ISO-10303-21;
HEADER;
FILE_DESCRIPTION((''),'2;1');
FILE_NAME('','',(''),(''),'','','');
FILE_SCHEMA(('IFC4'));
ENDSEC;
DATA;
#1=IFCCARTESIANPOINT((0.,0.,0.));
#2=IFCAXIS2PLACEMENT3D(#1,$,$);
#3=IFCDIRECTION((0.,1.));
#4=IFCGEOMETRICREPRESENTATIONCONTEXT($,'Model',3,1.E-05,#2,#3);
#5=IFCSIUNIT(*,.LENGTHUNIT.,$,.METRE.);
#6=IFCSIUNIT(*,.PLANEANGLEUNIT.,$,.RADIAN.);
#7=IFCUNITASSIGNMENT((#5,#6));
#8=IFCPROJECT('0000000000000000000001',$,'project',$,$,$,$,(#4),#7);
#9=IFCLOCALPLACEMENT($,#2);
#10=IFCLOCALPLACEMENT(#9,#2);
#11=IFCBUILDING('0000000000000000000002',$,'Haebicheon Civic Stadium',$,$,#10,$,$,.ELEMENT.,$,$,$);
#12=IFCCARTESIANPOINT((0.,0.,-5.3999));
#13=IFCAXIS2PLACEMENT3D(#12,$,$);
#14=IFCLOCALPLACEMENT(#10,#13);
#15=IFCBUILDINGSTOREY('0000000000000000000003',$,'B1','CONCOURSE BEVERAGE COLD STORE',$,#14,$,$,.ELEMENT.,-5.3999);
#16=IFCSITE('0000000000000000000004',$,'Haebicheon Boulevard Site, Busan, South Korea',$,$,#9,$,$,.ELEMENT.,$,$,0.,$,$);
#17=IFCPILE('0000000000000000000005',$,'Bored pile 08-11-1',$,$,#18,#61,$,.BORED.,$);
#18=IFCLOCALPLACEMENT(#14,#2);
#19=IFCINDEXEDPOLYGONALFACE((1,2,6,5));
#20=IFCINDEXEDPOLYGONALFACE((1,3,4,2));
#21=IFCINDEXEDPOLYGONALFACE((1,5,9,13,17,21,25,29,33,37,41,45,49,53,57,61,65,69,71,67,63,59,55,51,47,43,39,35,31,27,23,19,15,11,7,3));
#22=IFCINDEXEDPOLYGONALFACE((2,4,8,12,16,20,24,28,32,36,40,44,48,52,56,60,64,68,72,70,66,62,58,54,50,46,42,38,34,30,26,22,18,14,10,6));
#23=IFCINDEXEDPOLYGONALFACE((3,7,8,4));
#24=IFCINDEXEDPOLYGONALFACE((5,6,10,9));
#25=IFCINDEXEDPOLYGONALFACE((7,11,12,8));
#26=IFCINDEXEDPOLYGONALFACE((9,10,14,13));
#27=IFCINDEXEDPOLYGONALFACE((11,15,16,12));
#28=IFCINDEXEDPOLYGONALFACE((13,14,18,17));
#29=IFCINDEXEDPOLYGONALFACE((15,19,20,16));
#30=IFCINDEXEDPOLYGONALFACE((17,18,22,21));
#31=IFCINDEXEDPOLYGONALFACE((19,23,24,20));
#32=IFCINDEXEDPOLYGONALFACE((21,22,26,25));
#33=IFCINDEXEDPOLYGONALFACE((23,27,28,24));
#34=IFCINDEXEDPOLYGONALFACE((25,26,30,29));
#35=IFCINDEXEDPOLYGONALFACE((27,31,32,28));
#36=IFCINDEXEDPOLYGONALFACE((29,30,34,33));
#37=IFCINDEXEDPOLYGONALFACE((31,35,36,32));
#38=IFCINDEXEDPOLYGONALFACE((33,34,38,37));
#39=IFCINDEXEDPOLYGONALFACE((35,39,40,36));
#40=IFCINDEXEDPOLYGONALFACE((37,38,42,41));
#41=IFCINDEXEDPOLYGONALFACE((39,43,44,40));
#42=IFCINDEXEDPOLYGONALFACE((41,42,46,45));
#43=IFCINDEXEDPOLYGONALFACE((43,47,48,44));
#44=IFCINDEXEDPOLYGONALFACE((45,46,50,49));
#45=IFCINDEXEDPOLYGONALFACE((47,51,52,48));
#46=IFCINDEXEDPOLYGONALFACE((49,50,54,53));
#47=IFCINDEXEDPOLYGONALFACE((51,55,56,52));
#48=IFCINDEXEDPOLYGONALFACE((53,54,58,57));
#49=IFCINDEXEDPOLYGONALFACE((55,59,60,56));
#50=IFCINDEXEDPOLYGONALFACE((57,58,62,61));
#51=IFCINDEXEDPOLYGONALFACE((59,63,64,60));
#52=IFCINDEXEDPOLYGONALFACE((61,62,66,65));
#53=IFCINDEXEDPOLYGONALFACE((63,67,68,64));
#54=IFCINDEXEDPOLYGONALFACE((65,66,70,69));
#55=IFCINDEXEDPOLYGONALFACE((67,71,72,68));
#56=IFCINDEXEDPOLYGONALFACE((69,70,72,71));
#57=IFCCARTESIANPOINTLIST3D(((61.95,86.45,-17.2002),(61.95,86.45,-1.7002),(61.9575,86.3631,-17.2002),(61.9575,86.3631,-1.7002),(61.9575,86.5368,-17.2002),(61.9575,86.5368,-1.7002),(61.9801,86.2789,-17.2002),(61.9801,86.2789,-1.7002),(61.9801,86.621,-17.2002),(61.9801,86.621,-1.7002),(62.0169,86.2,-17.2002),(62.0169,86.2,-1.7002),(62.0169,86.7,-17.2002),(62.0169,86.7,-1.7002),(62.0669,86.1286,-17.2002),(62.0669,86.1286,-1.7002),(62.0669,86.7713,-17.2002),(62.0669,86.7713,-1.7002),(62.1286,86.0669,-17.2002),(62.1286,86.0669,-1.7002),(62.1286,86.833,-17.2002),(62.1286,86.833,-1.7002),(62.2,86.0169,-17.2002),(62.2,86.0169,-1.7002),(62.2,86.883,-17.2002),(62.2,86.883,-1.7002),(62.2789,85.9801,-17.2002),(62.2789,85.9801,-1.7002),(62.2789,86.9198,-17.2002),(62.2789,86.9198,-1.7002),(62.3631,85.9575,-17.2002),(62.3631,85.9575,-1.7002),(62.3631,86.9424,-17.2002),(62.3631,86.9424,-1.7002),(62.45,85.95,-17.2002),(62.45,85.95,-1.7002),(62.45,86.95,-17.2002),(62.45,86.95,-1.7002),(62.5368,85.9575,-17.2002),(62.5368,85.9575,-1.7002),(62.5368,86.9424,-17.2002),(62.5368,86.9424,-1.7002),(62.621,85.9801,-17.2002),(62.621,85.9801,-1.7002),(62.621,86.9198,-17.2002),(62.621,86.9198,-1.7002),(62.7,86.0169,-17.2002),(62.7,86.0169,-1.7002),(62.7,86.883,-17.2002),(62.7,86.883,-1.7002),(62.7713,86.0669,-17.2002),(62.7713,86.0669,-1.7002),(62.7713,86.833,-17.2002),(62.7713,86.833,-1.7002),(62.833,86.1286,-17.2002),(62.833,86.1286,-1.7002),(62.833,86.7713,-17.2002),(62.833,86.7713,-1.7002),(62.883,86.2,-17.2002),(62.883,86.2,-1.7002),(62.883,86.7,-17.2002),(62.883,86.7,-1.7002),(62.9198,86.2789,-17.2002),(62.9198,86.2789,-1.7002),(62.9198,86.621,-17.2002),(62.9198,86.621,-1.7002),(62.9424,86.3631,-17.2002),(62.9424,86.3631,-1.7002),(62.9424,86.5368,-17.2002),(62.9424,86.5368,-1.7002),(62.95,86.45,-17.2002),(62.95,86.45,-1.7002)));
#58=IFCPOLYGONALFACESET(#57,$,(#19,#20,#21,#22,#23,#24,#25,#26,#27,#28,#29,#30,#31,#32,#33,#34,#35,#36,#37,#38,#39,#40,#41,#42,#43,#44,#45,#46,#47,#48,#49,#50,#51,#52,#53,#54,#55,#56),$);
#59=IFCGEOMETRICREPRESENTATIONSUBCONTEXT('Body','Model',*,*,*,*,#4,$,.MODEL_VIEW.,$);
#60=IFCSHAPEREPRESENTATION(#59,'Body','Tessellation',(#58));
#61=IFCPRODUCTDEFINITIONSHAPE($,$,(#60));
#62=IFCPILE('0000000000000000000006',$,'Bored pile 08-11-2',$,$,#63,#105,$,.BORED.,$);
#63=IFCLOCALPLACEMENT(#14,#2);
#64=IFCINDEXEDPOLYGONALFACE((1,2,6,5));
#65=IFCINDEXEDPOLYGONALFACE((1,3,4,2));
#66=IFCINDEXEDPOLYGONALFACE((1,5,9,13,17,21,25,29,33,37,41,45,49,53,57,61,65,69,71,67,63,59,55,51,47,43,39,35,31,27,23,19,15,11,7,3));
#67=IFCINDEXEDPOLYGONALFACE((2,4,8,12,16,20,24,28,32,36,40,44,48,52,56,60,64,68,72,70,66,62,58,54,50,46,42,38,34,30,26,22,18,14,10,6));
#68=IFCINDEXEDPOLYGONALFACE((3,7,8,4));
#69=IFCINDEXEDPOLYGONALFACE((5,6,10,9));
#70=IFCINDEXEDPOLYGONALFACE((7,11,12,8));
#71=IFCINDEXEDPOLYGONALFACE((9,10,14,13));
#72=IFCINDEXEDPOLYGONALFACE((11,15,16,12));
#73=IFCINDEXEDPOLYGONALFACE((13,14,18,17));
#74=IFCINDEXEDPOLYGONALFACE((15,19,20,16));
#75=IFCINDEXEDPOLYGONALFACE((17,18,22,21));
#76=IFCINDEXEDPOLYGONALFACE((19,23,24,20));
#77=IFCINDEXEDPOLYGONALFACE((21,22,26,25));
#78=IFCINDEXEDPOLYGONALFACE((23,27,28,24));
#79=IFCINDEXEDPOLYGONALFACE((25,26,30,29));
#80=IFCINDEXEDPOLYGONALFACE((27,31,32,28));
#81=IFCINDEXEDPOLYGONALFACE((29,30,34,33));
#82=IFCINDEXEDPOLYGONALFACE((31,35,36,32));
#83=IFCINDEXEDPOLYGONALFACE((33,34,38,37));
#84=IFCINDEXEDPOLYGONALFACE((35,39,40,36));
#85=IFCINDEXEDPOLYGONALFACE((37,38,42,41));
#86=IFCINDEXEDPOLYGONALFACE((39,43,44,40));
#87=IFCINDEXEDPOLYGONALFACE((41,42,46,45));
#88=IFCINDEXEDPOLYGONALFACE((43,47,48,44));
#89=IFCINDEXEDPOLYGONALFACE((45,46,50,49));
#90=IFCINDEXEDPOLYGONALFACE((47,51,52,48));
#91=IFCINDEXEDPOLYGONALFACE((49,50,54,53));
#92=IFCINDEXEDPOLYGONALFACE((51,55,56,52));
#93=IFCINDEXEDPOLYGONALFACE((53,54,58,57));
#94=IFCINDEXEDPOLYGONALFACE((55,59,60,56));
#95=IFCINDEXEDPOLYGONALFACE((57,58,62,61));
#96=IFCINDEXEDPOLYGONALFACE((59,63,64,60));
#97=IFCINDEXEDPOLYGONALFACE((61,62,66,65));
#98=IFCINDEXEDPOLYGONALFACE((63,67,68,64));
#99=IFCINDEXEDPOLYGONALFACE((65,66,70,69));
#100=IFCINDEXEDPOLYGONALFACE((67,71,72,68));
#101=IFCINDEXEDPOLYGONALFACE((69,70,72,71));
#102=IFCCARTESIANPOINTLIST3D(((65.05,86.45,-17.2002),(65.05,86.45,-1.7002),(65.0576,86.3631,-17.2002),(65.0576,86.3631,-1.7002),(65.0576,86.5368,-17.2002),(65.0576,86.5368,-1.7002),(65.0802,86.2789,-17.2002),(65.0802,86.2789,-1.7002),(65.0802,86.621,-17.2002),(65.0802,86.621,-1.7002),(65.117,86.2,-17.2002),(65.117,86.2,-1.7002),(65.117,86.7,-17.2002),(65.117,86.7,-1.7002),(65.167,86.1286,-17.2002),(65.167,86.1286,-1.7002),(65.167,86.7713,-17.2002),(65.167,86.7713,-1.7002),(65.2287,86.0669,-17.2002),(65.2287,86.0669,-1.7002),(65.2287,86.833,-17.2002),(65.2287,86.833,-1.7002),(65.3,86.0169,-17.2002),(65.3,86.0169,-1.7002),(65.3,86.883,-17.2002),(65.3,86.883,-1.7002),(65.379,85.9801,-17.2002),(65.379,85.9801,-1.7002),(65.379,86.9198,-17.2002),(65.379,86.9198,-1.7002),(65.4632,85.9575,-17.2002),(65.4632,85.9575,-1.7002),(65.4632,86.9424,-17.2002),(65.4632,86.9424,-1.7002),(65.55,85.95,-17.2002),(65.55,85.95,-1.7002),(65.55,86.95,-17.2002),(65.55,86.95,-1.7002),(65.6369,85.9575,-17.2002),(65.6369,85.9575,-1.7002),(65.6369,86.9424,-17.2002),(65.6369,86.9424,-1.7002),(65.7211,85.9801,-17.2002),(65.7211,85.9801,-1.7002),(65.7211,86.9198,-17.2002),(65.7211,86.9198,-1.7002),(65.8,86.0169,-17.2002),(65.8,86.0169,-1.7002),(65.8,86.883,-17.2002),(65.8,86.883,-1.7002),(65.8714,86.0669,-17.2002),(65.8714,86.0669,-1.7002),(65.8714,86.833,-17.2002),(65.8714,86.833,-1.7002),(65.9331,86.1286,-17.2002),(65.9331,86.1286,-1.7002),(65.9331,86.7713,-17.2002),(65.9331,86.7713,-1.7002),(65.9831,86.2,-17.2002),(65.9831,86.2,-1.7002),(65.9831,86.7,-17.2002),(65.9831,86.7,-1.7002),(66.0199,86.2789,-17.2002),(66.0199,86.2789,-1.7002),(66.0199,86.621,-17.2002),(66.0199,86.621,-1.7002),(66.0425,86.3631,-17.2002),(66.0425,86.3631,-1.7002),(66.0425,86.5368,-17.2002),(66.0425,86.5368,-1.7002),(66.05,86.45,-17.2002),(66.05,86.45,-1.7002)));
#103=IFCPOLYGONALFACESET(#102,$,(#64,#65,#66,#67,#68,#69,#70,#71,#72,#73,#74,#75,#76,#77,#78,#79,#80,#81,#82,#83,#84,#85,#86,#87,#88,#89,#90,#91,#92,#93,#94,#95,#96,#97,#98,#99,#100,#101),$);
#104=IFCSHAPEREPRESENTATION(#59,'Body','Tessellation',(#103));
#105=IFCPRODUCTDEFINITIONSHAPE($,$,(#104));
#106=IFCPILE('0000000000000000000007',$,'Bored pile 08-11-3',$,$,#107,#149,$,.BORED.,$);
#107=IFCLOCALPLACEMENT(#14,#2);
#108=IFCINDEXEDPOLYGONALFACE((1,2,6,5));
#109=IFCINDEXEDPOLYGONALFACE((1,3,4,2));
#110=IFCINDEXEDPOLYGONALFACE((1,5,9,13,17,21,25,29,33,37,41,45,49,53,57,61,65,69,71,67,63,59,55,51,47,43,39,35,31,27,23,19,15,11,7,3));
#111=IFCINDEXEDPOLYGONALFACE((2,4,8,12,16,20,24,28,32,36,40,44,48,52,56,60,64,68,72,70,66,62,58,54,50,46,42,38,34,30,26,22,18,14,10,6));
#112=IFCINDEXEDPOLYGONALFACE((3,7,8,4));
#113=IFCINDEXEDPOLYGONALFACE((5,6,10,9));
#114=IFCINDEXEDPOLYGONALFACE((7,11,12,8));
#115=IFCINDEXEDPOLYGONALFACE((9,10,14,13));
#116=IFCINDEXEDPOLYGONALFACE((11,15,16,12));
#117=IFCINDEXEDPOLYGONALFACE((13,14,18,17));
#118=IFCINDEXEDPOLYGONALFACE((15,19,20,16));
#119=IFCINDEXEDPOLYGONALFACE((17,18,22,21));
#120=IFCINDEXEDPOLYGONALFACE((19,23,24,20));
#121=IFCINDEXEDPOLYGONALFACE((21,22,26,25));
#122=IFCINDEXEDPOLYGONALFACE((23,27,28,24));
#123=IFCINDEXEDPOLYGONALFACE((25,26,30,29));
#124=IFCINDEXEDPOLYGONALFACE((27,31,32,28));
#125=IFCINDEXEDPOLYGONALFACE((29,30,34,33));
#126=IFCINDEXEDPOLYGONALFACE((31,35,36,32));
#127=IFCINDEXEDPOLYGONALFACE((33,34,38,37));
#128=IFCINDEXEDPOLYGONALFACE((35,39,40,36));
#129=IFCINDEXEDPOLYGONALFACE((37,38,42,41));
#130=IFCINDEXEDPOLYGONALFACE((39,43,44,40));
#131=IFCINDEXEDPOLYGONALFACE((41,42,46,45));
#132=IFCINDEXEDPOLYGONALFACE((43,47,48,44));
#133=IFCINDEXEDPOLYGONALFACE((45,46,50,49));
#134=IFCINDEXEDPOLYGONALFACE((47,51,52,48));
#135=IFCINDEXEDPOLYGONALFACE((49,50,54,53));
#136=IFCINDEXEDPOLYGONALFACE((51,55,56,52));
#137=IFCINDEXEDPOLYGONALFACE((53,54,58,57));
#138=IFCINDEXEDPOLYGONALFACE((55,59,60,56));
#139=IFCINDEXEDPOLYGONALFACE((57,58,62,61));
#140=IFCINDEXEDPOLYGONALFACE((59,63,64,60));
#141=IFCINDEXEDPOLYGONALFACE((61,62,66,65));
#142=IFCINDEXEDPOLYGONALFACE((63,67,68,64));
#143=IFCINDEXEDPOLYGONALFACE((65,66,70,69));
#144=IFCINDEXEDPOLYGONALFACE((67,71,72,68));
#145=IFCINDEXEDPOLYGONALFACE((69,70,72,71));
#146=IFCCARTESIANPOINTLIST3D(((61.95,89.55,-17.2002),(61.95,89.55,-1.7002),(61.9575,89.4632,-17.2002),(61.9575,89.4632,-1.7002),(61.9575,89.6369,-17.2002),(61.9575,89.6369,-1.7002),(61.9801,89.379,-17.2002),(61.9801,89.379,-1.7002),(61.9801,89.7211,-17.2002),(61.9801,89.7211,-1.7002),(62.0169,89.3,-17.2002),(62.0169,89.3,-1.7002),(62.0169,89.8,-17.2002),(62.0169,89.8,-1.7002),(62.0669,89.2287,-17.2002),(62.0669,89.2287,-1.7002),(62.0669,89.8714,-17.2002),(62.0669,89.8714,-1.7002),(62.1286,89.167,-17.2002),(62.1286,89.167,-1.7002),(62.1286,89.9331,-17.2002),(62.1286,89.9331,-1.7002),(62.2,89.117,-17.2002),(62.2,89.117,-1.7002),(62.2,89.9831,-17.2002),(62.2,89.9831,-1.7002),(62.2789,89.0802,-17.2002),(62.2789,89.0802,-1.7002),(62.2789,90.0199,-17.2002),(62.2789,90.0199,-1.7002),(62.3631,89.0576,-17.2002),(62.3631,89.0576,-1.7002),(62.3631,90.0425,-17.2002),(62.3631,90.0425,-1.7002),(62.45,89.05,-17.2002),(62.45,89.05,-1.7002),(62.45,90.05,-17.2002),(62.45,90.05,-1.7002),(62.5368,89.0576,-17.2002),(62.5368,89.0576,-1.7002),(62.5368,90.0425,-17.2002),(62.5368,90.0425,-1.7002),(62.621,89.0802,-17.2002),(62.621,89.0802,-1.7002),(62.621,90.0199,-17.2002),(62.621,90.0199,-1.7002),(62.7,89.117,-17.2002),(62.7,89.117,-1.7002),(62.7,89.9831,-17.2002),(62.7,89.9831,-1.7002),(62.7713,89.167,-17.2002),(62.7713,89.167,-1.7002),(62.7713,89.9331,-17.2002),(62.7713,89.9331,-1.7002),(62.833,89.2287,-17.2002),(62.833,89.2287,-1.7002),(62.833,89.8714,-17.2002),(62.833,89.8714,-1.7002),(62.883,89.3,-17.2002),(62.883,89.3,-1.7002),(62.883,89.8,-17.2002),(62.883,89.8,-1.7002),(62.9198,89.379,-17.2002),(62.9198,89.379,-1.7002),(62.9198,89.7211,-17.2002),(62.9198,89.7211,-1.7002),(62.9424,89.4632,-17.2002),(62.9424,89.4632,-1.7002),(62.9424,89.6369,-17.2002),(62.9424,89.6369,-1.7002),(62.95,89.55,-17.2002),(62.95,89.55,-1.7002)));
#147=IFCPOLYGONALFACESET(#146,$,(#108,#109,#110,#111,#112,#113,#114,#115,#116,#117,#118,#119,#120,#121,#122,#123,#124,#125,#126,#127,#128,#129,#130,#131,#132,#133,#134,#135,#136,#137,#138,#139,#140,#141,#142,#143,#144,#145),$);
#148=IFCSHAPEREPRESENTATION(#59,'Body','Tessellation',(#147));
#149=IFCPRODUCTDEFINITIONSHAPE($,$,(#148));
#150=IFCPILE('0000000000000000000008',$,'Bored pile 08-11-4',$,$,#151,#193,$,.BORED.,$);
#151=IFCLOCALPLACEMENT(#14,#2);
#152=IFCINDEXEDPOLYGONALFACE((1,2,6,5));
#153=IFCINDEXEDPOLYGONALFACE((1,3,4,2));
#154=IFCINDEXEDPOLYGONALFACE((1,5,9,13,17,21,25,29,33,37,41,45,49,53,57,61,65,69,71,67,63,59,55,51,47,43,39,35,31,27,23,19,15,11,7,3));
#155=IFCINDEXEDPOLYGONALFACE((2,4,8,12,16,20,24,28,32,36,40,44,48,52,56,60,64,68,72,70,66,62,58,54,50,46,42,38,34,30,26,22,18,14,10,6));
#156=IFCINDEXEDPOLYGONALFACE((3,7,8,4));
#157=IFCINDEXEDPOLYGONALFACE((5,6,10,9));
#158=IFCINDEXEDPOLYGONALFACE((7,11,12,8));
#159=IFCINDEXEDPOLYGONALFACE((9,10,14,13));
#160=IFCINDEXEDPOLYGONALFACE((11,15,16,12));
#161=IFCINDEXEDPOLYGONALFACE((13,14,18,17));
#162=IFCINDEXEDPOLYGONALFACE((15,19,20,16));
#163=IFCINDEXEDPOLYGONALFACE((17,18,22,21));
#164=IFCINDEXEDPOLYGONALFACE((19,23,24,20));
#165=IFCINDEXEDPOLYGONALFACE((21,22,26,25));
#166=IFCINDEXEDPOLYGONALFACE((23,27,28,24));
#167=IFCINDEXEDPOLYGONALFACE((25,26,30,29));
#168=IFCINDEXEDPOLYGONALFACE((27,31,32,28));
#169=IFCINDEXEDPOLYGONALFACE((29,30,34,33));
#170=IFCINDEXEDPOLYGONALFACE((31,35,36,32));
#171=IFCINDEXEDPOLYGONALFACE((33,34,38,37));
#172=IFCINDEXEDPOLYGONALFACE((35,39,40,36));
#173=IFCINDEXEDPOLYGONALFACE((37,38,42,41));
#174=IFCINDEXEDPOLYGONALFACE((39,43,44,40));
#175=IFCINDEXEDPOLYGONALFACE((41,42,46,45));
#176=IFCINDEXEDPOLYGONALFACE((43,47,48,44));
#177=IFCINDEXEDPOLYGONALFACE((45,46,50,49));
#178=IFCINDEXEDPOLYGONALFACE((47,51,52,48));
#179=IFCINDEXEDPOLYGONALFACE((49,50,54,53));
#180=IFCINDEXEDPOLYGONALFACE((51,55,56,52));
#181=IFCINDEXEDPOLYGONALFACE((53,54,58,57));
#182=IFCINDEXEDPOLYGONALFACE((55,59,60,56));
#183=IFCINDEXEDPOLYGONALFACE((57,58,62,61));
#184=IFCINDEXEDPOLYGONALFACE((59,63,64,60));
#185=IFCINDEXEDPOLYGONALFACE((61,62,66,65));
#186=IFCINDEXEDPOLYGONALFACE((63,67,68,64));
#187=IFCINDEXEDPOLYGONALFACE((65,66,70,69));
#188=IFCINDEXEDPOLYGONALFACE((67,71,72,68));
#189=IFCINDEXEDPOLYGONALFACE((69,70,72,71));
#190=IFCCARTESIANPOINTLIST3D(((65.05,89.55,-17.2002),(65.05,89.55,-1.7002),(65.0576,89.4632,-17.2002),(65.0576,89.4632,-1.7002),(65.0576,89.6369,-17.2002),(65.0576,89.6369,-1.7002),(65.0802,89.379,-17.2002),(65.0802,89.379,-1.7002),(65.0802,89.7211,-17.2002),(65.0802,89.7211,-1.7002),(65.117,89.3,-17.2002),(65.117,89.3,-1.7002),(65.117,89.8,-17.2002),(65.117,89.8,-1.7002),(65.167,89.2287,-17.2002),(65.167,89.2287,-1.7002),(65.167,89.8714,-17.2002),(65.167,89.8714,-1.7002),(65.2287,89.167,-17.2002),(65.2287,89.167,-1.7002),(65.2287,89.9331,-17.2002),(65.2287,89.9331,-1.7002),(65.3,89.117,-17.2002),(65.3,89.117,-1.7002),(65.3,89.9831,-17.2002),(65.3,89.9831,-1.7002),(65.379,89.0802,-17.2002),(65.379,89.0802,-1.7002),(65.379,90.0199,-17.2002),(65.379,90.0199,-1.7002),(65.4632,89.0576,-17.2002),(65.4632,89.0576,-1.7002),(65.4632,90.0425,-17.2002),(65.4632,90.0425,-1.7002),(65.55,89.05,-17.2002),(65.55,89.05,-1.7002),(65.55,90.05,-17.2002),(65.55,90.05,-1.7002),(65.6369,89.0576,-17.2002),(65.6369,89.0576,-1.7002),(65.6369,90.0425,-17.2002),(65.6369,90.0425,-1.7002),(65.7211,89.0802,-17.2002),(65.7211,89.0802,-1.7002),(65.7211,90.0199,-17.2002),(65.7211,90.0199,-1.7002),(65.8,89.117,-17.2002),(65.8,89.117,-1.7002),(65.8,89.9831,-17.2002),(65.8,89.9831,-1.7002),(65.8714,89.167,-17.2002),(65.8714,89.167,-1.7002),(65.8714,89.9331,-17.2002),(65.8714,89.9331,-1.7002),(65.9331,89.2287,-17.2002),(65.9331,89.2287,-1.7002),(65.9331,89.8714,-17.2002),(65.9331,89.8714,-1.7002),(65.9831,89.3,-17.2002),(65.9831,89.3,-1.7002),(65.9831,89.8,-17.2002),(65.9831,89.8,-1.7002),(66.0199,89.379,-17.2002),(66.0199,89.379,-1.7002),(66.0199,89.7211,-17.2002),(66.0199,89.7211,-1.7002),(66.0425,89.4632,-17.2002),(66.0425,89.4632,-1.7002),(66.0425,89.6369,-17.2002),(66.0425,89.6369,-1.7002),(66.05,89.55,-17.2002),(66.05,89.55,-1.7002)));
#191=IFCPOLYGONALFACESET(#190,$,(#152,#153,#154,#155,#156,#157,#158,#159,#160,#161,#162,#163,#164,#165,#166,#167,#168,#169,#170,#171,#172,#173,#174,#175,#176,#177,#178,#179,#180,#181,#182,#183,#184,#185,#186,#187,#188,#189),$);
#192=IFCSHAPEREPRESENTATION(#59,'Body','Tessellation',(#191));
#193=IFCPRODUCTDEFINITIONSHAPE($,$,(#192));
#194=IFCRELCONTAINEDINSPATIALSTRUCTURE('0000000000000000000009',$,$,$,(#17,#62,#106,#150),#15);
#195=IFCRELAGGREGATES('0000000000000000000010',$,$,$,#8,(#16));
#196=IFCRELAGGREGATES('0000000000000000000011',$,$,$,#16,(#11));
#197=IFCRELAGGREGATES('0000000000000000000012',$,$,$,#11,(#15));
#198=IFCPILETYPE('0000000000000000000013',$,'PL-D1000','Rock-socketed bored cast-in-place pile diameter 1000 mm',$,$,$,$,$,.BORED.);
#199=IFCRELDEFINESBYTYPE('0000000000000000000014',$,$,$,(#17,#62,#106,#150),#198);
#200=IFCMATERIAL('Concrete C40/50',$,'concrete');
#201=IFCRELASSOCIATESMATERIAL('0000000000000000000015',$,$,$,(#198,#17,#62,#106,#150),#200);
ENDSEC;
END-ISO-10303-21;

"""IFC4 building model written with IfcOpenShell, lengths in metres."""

from ifc_helpers import new_model, si_unit, direction, frame, origin, origin_2d, place, context, subcontext, project, spatial, circle, extrude, material, material_profile, profile_set, type_object, element, save


model = new_model("IFC4")

# Units and contexts
model_context = context("Model", 3, precision=1e-05, world=origin(), true_north=direction((0.0, 1.0)))
body_context = subcontext(model_context, "Body", "Model", "MODEL_VIEW")
ifc_project = project(units=[si_unit("LENGTHUNIT", "METRE"), si_unit("PLANEANGLEUNIT", "RADIAN")], contexts=[model_context])

# Site, building, storey
site_placement = place(None, origin())
site = spatial("IfcSite", under=ifc_project, at=site_placement, Name="Haebicheon Boulevard Site, Busan, South Korea", CompositionType="ELEMENT", RefElevation=0.0)
building_placement = place(site_placement, origin())
building = spatial("IfcBuilding", under=site, at=building_placement, Name="Haebicheon Civic Stadium", CompositionType="ELEMENT")
storey_placement = place(building_placement, frame((0.0, 0.0, -5.3999)))
storey = spatial("IfcBuildingStorey", under=building, at=storey_placement, Name="B1", Description="CONCOURSE BEVERAGE COLD STORE", CompositionType="ELEMENT", Elevation=-5.3999)

# Piles
ifc_material_1 = material(Name="Concrete C40/50", Category="concrete")
ifc_material_profile_1 = material_profile(ifc_material_1, circle(Radius=0.5, at=origin_2d()), Name="PILE-D1000")
ifc_profile_set_1 = profile_set([ifc_material_profile_1], Name="Concrete C40/50")
pile_type = type_object("IfcPileType", Name="PL-D1000", Description="Rock-socketed bored cast-in-place pile diameter 1000 mm", PredefinedType="BORED", material=ifc_profile_set_1)
for number, where, z_axis, x_axis, name in (
    (1, (62.45, 86.45, -1.7002), (0.0, 0.0, -1.0), (1.0, 0.0, 0.0), "Bored pile 08-11-1"),
    (2, (65.55, 86.45, -1.7002), (0.0, 0.0, -1.0), (1.0, 0.0, 0.0), "Bored pile 08-11-2"),
    (3, (62.45, 89.55, -1.7002), (0.0, 0.0, -1.0), (1.0, 0.0, 0.0), "Bored pile 08-11-3"),
    (4, (65.55, 89.55, -1.7002), (0.0, 0.0, -1.0), (1.0, 0.0, 0.0), "Bored pile 08-11-4"),
):
    element("IfcPile", number, at=place(storey_placement, frame(where, z_axis=z_axis, x_axis=x_axis)), inside=storey, type_object=pile_type, material=ifc_profile_set_1, Name=name, PredefinedType="BORED", context=body_context, shape_type="SweptSolid", body=[
        extrude(circle(Radius=0.5, at=origin_2d()), origin(), (0.0, 0.0, 1.0), 15.5),
    ])

save(model, "model.ifc")
